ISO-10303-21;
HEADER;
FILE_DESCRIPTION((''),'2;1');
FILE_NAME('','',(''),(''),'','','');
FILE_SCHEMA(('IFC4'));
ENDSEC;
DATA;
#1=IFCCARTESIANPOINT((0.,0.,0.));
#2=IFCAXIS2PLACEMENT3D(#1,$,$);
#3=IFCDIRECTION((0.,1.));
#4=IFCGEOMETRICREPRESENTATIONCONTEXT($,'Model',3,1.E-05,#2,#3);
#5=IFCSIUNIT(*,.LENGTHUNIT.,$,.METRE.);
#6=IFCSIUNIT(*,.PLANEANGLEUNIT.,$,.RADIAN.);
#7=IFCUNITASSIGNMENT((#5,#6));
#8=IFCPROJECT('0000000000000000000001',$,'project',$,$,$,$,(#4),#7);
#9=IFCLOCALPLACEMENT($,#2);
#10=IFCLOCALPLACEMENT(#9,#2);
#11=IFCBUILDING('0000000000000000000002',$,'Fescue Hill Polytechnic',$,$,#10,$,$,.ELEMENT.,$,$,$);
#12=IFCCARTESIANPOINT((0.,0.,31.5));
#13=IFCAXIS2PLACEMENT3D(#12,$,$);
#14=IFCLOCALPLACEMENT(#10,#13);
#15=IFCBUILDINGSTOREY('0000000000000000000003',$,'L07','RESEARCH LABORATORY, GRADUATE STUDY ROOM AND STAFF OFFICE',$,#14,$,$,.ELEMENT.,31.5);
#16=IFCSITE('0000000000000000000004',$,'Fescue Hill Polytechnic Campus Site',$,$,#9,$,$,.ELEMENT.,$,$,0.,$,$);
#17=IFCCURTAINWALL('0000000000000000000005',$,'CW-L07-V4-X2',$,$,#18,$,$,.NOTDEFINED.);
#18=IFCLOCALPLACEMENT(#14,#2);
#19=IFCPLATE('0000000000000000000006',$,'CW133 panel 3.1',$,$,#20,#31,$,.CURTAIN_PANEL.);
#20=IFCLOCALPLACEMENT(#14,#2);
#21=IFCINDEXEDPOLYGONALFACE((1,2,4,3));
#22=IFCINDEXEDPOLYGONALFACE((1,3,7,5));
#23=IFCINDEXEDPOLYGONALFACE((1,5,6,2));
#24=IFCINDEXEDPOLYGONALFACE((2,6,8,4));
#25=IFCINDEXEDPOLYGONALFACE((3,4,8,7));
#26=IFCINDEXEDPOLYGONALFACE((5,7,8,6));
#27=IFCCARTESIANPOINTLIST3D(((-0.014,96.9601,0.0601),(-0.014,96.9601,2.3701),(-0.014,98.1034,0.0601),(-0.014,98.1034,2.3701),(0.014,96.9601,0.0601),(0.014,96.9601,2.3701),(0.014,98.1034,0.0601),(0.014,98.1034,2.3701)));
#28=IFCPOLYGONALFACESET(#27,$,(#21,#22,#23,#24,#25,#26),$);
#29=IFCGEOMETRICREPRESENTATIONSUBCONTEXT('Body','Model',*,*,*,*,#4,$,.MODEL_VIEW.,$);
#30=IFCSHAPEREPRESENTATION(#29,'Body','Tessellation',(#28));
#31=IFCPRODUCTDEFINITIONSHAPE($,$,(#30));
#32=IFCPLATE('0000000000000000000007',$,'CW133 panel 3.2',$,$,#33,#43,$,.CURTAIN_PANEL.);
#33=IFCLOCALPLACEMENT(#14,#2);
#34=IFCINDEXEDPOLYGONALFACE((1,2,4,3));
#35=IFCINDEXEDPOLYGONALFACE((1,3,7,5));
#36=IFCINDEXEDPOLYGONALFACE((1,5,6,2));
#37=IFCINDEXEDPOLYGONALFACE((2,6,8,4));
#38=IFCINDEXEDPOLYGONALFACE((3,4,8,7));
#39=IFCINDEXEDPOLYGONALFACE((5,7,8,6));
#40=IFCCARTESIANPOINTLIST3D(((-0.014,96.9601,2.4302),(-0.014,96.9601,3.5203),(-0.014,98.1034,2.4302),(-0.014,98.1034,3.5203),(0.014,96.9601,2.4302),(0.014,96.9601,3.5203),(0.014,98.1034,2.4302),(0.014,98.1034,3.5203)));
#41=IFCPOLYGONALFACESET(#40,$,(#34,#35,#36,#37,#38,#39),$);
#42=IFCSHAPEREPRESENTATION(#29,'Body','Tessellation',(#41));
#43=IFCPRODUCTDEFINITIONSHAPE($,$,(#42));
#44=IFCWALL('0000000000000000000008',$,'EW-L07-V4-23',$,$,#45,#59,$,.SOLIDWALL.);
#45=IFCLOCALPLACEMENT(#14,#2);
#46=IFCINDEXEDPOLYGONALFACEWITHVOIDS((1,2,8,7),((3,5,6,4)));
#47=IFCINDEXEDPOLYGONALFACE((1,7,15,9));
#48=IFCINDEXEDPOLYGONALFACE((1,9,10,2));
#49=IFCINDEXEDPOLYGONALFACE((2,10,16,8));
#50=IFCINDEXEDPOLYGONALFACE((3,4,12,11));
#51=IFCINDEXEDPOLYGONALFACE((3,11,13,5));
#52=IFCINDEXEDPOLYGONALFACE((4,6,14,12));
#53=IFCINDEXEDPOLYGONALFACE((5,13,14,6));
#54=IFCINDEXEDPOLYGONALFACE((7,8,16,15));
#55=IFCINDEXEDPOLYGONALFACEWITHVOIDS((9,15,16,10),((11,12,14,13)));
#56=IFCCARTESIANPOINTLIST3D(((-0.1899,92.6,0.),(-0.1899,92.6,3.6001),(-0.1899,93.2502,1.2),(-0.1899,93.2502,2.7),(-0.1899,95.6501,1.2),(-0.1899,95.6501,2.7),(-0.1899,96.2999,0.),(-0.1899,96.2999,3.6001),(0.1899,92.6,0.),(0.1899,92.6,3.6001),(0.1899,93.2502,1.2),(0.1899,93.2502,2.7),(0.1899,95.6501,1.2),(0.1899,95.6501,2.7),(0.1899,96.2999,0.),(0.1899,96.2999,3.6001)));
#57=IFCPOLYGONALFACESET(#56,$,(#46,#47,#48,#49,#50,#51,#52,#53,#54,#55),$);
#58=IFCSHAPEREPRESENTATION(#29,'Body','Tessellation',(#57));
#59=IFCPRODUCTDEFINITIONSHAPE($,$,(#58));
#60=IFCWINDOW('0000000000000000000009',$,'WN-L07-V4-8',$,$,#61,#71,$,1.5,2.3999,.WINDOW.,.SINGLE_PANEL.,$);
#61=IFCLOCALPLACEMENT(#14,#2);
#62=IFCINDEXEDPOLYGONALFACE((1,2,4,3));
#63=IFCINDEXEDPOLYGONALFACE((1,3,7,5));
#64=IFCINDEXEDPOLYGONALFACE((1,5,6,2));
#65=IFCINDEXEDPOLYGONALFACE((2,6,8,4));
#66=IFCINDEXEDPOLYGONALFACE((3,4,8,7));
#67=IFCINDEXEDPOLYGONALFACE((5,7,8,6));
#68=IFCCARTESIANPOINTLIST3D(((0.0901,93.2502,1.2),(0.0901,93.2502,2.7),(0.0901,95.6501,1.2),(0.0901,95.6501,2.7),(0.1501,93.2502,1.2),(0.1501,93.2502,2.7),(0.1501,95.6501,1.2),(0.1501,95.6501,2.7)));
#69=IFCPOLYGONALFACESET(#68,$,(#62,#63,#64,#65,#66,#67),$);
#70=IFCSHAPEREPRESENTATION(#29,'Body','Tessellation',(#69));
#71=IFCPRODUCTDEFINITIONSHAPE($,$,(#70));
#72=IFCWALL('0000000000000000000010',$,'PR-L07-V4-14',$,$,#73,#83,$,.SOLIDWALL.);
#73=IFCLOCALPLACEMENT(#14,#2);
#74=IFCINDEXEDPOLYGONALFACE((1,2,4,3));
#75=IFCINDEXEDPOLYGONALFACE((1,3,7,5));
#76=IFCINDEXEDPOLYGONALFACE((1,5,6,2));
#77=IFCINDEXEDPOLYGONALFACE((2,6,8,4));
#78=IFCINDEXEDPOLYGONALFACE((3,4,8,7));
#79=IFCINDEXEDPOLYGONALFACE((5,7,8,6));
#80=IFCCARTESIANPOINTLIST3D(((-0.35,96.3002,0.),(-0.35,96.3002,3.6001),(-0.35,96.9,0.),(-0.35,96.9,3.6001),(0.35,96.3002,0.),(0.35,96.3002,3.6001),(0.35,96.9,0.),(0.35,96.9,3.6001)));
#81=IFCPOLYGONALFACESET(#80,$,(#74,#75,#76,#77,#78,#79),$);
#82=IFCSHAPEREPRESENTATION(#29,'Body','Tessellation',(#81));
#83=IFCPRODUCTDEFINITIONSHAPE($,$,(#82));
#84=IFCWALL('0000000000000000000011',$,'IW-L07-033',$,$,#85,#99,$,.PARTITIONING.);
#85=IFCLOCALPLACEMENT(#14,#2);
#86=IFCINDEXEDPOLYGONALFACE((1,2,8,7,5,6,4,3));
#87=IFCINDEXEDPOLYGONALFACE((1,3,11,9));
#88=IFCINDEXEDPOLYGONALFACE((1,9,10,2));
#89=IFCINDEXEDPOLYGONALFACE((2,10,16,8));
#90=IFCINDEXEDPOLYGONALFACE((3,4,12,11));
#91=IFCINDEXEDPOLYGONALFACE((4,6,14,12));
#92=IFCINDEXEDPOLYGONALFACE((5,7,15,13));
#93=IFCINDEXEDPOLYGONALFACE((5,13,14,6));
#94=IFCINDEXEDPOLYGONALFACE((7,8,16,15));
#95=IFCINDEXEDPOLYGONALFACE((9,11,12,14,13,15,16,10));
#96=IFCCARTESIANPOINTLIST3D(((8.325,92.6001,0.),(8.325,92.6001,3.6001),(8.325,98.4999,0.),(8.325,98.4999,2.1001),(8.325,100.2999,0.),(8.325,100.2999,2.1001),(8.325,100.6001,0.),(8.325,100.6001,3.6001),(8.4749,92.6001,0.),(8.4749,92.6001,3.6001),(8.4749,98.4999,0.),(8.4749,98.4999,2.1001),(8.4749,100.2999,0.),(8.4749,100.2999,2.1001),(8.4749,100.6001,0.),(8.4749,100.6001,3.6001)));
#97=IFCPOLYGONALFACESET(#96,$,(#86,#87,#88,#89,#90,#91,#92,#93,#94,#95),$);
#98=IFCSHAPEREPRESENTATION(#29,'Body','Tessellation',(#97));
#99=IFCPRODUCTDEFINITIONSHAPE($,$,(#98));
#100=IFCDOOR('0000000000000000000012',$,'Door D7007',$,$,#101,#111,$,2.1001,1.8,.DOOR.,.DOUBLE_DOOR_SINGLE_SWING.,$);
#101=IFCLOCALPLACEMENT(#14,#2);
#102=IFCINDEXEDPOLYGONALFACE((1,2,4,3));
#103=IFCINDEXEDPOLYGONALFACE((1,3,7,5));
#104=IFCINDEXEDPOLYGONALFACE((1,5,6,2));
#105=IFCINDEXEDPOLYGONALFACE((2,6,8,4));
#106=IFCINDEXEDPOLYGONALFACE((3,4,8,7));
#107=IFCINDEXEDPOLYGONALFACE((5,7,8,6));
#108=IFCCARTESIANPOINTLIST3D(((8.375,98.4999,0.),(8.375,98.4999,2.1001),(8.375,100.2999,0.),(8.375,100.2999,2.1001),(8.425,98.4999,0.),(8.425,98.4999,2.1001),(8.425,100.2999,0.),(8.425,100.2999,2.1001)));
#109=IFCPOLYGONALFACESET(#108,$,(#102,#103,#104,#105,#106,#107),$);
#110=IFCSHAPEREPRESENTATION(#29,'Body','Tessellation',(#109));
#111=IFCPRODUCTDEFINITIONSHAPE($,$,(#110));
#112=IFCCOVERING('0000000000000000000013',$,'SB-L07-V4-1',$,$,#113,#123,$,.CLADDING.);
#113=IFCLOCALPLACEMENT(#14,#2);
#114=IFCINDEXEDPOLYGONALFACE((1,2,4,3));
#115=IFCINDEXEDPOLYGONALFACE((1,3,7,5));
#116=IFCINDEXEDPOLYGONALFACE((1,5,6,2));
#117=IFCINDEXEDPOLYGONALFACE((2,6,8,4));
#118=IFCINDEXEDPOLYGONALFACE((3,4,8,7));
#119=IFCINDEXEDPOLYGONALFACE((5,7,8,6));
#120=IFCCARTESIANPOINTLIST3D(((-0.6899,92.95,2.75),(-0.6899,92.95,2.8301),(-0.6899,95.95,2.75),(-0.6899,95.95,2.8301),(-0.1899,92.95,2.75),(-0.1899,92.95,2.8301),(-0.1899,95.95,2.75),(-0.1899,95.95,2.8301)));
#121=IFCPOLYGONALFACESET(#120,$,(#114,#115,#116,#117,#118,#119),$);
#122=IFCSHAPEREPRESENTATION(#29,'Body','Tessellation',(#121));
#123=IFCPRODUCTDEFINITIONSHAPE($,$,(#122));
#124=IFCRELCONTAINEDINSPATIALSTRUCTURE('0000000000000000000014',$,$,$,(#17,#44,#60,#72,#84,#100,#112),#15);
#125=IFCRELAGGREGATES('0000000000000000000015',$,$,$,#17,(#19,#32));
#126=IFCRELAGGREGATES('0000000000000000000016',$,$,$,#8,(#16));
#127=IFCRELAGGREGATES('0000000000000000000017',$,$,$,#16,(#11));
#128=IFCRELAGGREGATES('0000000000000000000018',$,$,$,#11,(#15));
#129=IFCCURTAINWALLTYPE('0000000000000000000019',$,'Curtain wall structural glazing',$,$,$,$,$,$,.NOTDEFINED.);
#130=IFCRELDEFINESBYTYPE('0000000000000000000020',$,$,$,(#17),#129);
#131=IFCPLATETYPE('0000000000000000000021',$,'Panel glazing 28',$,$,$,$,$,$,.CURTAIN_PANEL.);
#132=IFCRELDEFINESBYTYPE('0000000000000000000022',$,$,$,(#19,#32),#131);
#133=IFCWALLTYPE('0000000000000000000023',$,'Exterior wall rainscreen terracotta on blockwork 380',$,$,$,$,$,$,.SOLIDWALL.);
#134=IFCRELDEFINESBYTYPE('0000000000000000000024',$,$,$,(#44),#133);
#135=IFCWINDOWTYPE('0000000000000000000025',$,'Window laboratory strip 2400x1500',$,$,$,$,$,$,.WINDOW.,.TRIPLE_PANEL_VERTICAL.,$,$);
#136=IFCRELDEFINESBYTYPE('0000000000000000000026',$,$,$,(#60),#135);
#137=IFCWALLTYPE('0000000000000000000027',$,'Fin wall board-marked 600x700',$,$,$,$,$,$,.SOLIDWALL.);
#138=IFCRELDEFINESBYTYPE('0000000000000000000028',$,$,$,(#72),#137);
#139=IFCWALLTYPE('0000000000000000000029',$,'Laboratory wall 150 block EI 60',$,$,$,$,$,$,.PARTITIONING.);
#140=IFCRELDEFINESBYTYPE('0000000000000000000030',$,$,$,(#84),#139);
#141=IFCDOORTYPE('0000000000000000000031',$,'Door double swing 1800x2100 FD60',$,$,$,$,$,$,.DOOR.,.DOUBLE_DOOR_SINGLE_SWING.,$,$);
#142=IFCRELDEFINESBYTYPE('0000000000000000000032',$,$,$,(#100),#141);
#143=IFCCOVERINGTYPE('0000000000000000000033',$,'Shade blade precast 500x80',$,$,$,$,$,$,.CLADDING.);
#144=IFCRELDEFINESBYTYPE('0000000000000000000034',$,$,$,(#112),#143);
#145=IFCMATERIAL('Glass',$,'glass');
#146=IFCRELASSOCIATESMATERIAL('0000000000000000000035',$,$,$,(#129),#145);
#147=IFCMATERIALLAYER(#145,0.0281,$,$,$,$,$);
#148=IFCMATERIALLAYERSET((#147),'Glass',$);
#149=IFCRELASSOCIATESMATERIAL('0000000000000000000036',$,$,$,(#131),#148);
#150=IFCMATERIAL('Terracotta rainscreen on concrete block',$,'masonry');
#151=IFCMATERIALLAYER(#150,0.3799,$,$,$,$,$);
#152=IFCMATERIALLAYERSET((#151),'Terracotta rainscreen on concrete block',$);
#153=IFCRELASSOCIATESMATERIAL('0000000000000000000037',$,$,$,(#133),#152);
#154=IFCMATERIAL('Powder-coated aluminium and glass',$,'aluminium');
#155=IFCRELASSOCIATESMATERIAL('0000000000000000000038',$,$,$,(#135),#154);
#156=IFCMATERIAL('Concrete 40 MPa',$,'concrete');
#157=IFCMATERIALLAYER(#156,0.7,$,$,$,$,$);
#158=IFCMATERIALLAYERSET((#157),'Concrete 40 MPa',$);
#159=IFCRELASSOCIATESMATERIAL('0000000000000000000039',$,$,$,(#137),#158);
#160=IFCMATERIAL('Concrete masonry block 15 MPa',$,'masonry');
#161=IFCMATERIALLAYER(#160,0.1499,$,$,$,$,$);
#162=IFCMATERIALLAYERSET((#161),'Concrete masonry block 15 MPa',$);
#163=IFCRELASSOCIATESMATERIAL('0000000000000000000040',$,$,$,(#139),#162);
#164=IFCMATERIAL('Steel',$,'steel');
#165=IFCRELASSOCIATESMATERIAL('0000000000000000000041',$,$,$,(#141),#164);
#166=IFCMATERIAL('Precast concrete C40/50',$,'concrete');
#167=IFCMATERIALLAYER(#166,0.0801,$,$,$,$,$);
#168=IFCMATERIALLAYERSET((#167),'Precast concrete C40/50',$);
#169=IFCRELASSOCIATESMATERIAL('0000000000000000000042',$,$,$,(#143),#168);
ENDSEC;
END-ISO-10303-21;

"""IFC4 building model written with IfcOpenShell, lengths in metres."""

from ifc_helpers import new_model, si_unit, direction, frame, frame_2d, origin, origin_2d, place, context, subcontext, project, spatial, rectangle, extrude, material, layer, layer_set, type_object, element, fill, aggregate, save


model = new_model("IFC4")

# Units and contexts
model_context = context("Model", 3, precision=1e-05, world=origin(), true_north=direction((0.0, 1.0)))
body_context = subcontext(model_context, "Body", "Model", "MODEL_VIEW")
ifc_project = project(units=[si_unit("LENGTHUNIT", "METRE"), si_unit("PLANEANGLEUNIT", "RADIAN")], contexts=[model_context])

# Site, building, storey
site_placement = place(None, origin())
site = spatial("IfcSite", under=ifc_project, at=site_placement, Name="Fescue Hill Polytechnic Campus Site", CompositionType="ELEMENT", RefElevation=0.0)
building_placement = place(site_placement, origin())
building = spatial("IfcBuilding", under=site, at=building_placement, Name="Fescue Hill Polytechnic", CompositionType="ELEMENT")
storey_placement = place(building_placement, frame((0.0, 0.0, 31.5)))
storey = spatial("IfcBuildingStorey", under=building, at=storey_placement, Name="L07", Description="RESEARCH LABORATORY, GRADUATE STUDY ROOM AND STAFF OFFICE", CompositionType="ELEMENT", Elevation=31.5)

# Curtain wall, plates
ifc_material_1 = material(Name="Glass", Category="glass")
curtain_wall_type = type_object("IfcCurtainWallType", Name="Curtain wall structural glazing", PredefinedType="NOTDEFINED", material=ifc_material_1)
curtain_wall_placement = place(storey_placement, origin())
curtain_wall = element("IfcCurtainWall", 1, at=curtain_wall_placement, inside=storey, type_object=curtain_wall_type, Name="CW-L07-V4-X2", PredefinedType="NOTDEFINED")
ifc_layer_1 = layer(ifc_material_1, 0.0281)
ifc_layer_set_1 = layer_set([ifc_layer_1], Name="Glass")
plate_type = type_object("IfcPlateType", Name="Panel glazing 28", PredefinedType="CURTAIN_PANEL", material=ifc_layer_set_1)
plate_1_placement = place(storey_placement, frame((0.0, 97.5317, 0.0601), z_axis=(0.0, 0.0, 1.0), x_axis=(0.0, -1.0, 0.0)))
plate_1 = element("IfcPlate", 2, at=plate_1_placement, type_object=plate_type, Name="CW133 panel 3.1", PredefinedType="CURTAIN_PANEL", context=body_context, shape_type="SweptSolid", body=[
    extrude(rectangle(XDim=1.1433, YDim=0.0281, at=origin_2d()), origin(), (0.0, 0.0, 1.0), 2.3101),
])
plate_2_placement = place(storey_placement, frame((0.0, 97.5317, 2.4302), z_axis=(0.0, 0.0, 1.0), x_axis=(0.0, -1.0, 0.0)))
plate_2 = element("IfcPlate", 3, at=plate_2_placement, type_object=plate_type, Name="CW133 panel 3.2", PredefinedType="CURTAIN_PANEL", context=body_context, shape_type="SweptSolid", body=[
    extrude(rectangle(XDim=1.1433, YDim=0.0281, at=origin_2d()), origin(), (0.0, 0.0, 1.0), 1.0901),
])
aggregate(curtain_wall, [plate_1, plate_2])

# Wall, opening, window
ifc_material_2 = material(Name="Terracotta rainscreen on concrete block", Category="masonry")
ifc_layer_2 = layer(ifc_material_2, 0.3799)
ifc_layer_set_2 = layer_set([ifc_layer_2], Name="Terracotta rainscreen on concrete block")
wall_type_1 = type_object("IfcWallType", Name="Exterior wall rainscreen terracotta on blockwork 380", PredefinedType="SOLIDWALL", material=ifc_layer_set_2)
wall_1_placement = place(storey_placement, frame((0.0, 96.3, 0.0), z_axis=(0.0, 0.0, 1.0), x_axis=(0.0, -1.0, 0.0)))
wall_1 = element("IfcWall", 4, at=wall_1_placement, inside=storey, type_object=wall_type_1, Name="EW-L07-V4-23", PredefinedType="SOLIDWALL", context=body_context, shape_type="SweptSolid", body=[
    extrude(rectangle(XDim=3.7, YDim=0.3799, at=frame_2d((1.8501, 0.0))), origin(), (0.0, 0.0, 1.0), 3.6001),
])
opening_1_placement = place(wall_1_placement, frame((0.6499, 0.0, 1.2)))
opening_1 = element("IfcOpeningElement", 5, at=opening_1_placement, cuts=wall_1, PredefinedType="OPENING", context=body_context, shape_type="SweptSolid", body=[
    extrude(rectangle(XDim=2.3999, YDim=1.5, at=frame_2d((1.2, 0.75))), frame((0.0, 0.2, 0.0), z_axis=(0.0, -1.0, 0.0), x_axis=(1.0, 0.0, 0.0)), (0.0, 0.0, 1.0), 0.3999),
])
ifc_material_3 = material(Name="Powder-coated aluminium and glass", Category="aluminium")
window_type = type_object("IfcWindowType", Name="Window laboratory strip 2400x1500", PartitioningType="TRIPLE_PANEL_VERTICAL", PredefinedType="WINDOW", material=ifc_material_3)
window_placement = place(opening_1_placement, origin())
window = element("IfcWindow", 6, at=window_placement, inside=storey, type_object=window_type, Name="WN-L07-V4-8", OverallHeight=1.5, OverallWidth=2.3999, PartitioningType="SINGLE_PANEL", PredefinedType="WINDOW", context=body_context, shape_type="SweptSolid", body=[
    extrude(rectangle(XDim=2.3999, YDim=1.5, at=frame_2d((1.2, 0.75))), frame((0.0, 0.1501, 0.0), z_axis=(0.0, -1.0, 0.0), x_axis=(1.0, 0.0, 0.0)), (0.0, 0.0, 1.0), 0.0601),
])
fill(opening_1, window)

# Wall
ifc_material_4 = material(Name="Concrete 40 MPa", Category="concrete")
ifc_layer_3 = layer(ifc_material_4, 0.7)
ifc_layer_set_3 = layer_set([ifc_layer_3], Name="Concrete 40 MPa")
wall_type_2 = type_object("IfcWallType", Name="Fin wall board-marked 600x700", PredefinedType="SOLIDWALL", material=ifc_layer_set_3)
wall_2_placement = place(storey_placement, frame((0.0, 96.8999, 0.0), z_axis=(0.0, 0.0, 1.0), x_axis=(0.0, -1.0, 0.0)))
element("IfcWall", 7, at=wall_2_placement, inside=storey, type_object=wall_type_2, Name="PR-L07-V4-14", PredefinedType="SOLIDWALL", context=body_context, shape_type="SweptSolid", body=[
    extrude(rectangle(XDim=0.5999, YDim=0.7, at=frame_2d((0.2998, 0.0))), origin(), (0.0, 0.0, 1.0), 3.6001),
])

# Wall, opening, door
ifc_material_5 = material(Name="Concrete masonry block 15 MPa", Category="masonry")
ifc_layer_4 = layer(ifc_material_5, 0.1499)
ifc_layer_set_4 = layer_set([ifc_layer_4], Name="Concrete masonry block 15 MPa")
wall_type_3 = type_object("IfcWallType", Name="Laboratory wall 150 block EI 60", PredefinedType="PARTITIONING", material=ifc_layer_set_4)
wall_3_placement = place(storey_placement, frame((8.3999, 92.6001, 0.0), z_axis=(0.0, 0.0, 1.0), x_axis=(0.0, 1.0, 0.0)))
wall_3 = element("IfcWall", 8, at=wall_3_placement, inside=storey, type_object=wall_type_3, Name="IW-L07-033", PredefinedType="PARTITIONING", context=body_context, shape_type="SweptSolid", body=[
    extrude(rectangle(XDim=8.0, YDim=0.1499, at=frame_2d((4.0, 0.0))), origin(), (0.0, 0.0, 1.0), 3.6001),
])
opening_2_placement = place(wall_3_placement, frame((5.8999, 0.0, 0.0)))
opening_2 = element("IfcOpeningElement", 9, at=opening_2_placement, cuts=wall_3, PredefinedType="OPENING", context=body_context, shape_type="SweptSolid", body=[
    extrude(rectangle(XDim=1.8, YDim=2.1001, at=frame_2d((0.8999, 1.05))), frame((0.0, 0.085, 0.0), z_axis=(0.0, -1.0, 0.0), x_axis=(1.0, 0.0, 0.0)), (0.0, 0.0, 1.0), 0.1699),
])
ifc_material_6 = material(Name="Steel", Category="steel")
door_type = type_object("IfcDoorType", Name="Door double swing 1800x2100 FD60", OperationType="DOUBLE_DOOR_SINGLE_SWING", PredefinedType="DOOR", material=ifc_material_6)
door_placement = place(opening_2_placement, origin())
door = element("IfcDoor", 10, at=door_placement, inside=storey, type_object=door_type, Name="Door D7007", OperationType="DOUBLE_DOOR_SINGLE_SWING", OverallHeight=2.1001, OverallWidth=1.8, PredefinedType="DOOR", context=body_context, shape_type="SweptSolid", body=[
    extrude(rectangle(XDim=1.8, YDim=2.1001, at=frame_2d((0.8999, 1.05))), frame((0.0, 0.0249, 0.0), z_axis=(0.0, -1.0, 0.0), x_axis=(1.0, 0.0, 0.0)), (0.0, 0.0, 1.0), 0.05),
])
fill(opening_2, door)

# Covering
ifc_material_7 = material(Name="Precast concrete C40/50", Category="concrete")
ifc_layer_5 = layer(ifc_material_7, 0.0801)
ifc_layer_set_5 = layer_set([ifc_layer_5], Name="Precast concrete C40/50")
covering_type = type_object("IfcCoveringType", Name="Shade blade precast 500x80", PredefinedType="CLADDING", material=ifc_layer_set_5)
covering_placement = place(storey_placement, frame((-0.4399, 94.45, 2.75), z_axis=(0.0, 0.0, 1.0), x_axis=(0.0, -1.0, 0.0)))
element("IfcCovering", 11, at=covering_placement, inside=storey, type_object=covering_type, Name="SB-L07-V4-1", PredefinedType="CLADDING", context=body_context, shape_type="SweptSolid", body=[
    extrude(rectangle(XDim=3.0, YDim=0.5, at=origin_2d()), origin(), (0.0, 0.0, 1.0), 0.0801),
])

save(model, "model.ifc")
